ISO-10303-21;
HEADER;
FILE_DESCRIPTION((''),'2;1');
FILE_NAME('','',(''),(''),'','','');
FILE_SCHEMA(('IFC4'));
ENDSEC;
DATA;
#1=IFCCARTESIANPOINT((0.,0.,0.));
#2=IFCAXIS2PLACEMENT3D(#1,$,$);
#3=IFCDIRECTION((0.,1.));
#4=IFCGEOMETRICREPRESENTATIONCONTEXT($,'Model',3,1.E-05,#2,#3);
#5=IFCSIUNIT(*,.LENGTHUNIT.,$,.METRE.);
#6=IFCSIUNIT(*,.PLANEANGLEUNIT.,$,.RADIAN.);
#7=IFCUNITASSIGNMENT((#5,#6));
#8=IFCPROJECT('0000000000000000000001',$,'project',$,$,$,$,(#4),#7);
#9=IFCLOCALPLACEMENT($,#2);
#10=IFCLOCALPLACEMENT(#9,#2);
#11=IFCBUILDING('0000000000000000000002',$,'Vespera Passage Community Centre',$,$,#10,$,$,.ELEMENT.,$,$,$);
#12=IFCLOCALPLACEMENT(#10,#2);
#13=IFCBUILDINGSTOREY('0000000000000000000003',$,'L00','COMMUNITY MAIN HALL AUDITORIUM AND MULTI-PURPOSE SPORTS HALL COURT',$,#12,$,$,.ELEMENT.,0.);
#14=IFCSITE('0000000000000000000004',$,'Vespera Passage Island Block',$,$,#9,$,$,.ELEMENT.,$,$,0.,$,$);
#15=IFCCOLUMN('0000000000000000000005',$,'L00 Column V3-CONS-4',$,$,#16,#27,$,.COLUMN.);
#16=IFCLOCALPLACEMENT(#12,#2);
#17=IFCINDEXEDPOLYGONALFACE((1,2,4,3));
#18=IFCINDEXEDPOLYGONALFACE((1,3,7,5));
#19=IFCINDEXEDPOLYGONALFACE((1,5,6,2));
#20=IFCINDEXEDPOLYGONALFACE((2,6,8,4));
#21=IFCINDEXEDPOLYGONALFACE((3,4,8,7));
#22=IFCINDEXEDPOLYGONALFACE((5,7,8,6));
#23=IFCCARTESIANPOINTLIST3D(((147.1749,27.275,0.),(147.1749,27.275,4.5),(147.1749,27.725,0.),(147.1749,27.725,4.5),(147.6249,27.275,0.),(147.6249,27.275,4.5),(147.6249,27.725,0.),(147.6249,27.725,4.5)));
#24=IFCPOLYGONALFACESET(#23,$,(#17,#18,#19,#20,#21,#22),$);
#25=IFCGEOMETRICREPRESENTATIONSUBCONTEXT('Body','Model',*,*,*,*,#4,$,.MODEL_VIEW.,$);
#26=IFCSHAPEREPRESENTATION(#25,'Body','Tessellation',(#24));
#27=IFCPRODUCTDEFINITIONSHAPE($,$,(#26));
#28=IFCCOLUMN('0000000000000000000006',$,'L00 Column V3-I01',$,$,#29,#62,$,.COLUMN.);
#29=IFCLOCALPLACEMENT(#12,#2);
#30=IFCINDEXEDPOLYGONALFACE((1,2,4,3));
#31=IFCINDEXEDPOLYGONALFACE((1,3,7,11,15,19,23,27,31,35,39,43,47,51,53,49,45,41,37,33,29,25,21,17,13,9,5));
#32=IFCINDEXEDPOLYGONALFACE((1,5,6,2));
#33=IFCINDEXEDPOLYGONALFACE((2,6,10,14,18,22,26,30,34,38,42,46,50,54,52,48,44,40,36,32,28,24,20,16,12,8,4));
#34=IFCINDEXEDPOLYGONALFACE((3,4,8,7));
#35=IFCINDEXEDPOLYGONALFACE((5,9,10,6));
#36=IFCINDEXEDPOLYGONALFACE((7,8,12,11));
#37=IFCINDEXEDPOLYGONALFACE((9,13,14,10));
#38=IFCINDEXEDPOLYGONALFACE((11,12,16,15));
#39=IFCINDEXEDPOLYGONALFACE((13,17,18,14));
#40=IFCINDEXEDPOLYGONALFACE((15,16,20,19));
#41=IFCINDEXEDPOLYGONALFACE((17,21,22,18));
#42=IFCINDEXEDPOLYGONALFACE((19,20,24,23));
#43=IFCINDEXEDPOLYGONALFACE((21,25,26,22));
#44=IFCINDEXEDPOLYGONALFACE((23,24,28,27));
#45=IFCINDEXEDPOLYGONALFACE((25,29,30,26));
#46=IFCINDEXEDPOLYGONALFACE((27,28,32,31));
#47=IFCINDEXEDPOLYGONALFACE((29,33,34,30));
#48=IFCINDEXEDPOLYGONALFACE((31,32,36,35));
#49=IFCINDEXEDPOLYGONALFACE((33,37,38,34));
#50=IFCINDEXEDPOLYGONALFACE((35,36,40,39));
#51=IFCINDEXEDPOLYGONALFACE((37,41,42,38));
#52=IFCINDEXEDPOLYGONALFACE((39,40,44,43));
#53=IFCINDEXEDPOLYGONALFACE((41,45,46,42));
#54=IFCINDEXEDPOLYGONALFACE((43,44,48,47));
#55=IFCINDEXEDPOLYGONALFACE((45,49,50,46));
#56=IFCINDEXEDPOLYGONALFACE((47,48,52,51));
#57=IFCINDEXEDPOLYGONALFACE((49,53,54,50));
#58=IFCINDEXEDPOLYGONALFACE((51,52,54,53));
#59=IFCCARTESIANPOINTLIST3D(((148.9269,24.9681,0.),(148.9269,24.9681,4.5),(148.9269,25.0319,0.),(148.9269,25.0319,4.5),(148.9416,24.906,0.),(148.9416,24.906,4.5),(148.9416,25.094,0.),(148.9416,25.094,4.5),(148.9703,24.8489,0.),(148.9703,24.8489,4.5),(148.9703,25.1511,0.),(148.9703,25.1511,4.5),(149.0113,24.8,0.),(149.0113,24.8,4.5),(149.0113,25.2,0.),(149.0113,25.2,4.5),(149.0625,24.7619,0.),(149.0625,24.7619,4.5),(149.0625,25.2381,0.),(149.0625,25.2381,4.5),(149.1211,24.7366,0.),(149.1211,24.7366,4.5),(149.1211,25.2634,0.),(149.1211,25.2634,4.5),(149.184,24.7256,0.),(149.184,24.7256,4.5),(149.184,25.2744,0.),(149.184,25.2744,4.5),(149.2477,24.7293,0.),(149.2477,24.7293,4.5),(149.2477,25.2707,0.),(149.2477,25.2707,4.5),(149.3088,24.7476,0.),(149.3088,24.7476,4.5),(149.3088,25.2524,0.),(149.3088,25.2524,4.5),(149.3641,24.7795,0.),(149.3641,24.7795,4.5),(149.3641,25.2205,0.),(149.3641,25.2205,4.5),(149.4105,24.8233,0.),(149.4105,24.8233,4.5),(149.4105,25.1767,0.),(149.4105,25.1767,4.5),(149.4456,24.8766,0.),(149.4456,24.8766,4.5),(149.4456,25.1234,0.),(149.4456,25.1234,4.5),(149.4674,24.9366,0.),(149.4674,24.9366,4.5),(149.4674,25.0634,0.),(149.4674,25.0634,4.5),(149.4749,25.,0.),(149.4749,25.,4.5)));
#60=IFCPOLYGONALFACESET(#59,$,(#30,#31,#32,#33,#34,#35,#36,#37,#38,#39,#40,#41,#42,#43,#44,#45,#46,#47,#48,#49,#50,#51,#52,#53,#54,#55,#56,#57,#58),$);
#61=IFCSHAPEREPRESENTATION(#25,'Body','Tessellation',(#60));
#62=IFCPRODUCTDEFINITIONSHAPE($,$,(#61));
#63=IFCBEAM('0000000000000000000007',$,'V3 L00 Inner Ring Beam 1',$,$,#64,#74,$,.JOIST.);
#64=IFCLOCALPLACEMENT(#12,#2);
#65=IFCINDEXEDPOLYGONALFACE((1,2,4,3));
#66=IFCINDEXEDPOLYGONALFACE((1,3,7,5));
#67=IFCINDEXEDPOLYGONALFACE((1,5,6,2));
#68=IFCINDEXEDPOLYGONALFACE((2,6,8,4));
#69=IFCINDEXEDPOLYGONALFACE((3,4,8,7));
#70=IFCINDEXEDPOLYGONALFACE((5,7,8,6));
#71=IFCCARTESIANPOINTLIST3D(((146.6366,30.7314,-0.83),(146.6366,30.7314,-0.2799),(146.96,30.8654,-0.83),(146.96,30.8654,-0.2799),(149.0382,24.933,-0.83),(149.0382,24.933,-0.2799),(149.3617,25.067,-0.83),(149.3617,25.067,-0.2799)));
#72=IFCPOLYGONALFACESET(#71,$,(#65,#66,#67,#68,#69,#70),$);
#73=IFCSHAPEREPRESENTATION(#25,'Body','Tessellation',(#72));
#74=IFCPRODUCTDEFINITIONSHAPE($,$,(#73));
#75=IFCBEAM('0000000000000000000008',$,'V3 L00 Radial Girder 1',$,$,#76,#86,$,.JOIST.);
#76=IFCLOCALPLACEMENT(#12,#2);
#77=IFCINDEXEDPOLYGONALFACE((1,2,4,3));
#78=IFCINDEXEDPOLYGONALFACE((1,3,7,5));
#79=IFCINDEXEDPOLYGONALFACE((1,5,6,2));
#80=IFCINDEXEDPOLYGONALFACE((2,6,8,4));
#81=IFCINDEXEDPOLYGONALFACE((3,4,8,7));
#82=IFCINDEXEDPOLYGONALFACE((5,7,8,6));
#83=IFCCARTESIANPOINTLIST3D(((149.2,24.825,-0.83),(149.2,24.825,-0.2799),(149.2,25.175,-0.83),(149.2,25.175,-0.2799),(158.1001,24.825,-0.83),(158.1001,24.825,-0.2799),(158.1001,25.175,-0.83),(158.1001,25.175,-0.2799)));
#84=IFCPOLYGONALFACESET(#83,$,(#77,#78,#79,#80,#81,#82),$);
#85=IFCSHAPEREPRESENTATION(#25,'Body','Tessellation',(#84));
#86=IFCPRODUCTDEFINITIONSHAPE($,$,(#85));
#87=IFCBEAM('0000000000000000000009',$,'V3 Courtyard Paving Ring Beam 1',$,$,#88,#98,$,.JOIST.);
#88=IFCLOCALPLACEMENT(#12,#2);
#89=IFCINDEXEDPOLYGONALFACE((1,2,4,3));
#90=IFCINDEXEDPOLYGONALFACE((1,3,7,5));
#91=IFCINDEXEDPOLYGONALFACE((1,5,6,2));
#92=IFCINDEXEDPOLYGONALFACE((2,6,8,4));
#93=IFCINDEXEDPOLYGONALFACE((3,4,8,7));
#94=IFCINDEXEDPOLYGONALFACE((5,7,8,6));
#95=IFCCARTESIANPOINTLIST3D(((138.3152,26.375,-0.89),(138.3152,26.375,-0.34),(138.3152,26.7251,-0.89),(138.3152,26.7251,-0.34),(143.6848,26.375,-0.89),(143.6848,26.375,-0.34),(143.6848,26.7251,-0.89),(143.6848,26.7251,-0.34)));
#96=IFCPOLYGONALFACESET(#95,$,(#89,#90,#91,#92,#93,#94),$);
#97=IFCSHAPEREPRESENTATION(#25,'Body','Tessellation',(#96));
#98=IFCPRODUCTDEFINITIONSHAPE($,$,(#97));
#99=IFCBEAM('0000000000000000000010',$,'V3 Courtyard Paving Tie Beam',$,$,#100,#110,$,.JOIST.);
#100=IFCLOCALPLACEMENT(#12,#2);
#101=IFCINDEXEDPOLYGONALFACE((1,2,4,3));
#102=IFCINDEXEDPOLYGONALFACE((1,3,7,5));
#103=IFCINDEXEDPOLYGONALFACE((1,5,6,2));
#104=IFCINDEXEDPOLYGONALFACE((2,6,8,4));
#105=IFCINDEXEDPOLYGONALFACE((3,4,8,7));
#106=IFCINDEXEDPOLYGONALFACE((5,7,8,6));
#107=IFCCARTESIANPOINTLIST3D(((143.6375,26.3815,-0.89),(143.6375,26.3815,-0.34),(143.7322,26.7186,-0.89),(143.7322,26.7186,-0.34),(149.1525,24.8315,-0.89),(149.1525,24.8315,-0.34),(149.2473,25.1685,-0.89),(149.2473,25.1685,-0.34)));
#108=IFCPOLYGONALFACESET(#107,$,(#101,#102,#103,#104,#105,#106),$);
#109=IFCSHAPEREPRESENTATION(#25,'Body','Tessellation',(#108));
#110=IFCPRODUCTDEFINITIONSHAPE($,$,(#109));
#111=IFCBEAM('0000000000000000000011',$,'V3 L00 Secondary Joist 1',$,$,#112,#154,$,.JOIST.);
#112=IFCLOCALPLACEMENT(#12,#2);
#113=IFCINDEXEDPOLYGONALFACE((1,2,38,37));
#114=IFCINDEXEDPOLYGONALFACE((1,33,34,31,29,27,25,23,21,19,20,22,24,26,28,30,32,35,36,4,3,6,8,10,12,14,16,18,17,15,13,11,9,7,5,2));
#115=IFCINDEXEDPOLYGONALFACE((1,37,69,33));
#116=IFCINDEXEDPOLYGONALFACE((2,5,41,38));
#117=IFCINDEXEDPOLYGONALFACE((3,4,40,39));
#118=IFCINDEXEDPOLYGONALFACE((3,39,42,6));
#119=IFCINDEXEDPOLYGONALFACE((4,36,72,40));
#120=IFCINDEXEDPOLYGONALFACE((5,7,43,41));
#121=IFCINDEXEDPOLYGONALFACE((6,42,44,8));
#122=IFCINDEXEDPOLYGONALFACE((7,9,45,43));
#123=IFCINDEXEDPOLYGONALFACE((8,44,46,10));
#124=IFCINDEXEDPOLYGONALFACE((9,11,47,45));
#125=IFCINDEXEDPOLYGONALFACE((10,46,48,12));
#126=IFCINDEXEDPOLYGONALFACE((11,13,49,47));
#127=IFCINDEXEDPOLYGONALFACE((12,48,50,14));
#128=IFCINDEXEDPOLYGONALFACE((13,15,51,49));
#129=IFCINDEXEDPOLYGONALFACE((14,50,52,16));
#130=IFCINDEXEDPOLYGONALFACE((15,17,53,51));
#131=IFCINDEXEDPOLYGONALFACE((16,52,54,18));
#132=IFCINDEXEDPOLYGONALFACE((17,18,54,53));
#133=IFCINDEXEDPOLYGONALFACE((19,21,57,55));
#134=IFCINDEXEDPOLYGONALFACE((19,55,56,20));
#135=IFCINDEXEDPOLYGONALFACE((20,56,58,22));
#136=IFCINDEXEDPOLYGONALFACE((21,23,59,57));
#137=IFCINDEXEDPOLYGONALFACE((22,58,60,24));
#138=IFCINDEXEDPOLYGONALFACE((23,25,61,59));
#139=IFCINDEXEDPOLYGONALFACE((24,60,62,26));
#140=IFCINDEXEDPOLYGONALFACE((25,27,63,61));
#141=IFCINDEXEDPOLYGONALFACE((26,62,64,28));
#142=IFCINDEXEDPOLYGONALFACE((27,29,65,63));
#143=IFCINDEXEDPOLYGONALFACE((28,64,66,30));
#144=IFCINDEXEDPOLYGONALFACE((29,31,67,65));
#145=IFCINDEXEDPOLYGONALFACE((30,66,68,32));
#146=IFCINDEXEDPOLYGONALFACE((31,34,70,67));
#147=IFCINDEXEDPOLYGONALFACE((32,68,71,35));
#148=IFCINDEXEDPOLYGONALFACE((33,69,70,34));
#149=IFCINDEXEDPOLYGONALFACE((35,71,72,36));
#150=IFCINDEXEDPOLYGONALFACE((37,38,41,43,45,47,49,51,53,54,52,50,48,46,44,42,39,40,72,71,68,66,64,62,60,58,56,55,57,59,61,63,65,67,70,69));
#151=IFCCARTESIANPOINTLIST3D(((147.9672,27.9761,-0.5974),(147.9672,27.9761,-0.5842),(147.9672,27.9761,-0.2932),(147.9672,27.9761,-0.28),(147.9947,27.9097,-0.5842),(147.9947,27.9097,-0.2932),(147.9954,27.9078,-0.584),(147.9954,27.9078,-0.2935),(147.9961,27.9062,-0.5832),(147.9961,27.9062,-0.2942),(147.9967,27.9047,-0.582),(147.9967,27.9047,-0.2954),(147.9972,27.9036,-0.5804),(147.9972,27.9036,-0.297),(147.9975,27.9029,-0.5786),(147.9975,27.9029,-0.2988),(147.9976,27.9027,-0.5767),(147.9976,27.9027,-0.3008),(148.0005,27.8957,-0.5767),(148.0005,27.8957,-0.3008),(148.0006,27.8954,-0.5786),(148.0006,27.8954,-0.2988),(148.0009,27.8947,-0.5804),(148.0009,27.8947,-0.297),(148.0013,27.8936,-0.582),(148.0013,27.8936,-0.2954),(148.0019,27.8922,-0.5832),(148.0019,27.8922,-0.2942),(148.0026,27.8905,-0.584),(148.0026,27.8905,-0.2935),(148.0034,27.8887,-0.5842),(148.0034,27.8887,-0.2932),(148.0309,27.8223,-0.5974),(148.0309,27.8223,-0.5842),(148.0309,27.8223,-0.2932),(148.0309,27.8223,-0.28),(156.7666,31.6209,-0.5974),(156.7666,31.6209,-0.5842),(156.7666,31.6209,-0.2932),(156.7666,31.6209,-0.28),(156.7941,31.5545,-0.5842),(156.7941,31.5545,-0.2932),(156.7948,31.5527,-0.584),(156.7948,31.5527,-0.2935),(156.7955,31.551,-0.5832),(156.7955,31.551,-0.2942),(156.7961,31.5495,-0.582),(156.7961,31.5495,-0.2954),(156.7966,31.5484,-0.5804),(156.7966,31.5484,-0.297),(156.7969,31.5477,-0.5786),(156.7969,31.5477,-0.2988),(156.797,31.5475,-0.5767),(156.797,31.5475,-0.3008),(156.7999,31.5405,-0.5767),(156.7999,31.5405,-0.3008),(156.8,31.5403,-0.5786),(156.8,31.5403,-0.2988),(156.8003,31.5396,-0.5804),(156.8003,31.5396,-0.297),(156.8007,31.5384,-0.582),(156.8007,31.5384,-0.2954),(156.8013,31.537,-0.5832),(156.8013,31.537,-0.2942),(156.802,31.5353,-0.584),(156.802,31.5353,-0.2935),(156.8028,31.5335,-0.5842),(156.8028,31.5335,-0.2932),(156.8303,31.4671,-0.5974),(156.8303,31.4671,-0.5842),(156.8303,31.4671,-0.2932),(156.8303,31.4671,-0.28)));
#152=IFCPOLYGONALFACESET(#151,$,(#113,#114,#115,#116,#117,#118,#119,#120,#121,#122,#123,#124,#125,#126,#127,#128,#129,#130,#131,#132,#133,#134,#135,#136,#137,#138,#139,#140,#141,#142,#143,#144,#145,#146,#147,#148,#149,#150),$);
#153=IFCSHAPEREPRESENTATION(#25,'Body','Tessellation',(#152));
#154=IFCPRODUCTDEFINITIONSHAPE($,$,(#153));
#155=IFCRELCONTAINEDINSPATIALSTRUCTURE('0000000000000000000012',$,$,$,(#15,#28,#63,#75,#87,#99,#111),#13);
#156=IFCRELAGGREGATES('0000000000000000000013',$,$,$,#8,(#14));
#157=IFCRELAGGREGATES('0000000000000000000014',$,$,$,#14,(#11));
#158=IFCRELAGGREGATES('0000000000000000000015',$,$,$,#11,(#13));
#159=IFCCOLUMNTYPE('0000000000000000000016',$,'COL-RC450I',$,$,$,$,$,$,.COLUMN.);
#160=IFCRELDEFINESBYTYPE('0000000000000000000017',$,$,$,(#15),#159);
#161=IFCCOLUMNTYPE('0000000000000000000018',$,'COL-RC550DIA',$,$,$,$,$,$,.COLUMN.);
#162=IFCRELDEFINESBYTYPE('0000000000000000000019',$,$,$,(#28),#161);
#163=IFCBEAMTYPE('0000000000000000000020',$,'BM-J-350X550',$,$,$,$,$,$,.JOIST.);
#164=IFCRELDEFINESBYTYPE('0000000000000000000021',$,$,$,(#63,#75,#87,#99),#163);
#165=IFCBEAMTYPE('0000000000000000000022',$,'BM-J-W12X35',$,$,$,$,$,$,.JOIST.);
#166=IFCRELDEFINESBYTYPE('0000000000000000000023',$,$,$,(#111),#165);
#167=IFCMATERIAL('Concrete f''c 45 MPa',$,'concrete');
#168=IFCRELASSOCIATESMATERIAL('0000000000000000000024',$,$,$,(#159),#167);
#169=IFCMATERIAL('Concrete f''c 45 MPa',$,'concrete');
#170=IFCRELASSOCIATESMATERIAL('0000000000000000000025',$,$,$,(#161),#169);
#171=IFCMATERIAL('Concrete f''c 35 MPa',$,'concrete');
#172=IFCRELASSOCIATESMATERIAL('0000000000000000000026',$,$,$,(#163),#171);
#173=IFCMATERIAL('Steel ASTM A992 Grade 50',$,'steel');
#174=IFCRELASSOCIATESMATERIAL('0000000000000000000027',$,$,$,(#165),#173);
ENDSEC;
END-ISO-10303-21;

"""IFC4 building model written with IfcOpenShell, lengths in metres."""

from ifc_helpers import new_model, si_unit, direction, frame, origin, origin_2d, place, context, subcontext, project, spatial, rectangle, circle, i_section, extrude, material, material_profile, profile_set, type_object, element, save


model = new_model("IFC4")

# Units and contexts
model_context = context("Model", 3, precision=1e-05, world=origin(), true_north=direction((0.0, 1.0)))
body_context = subcontext(model_context, "Body", "Model", "MODEL_VIEW")
ifc_project = project(units=[si_unit("LENGTHUNIT", "METRE"), si_unit("PLANEANGLEUNIT", "RADIAN")], contexts=[model_context])

# Site, building, storey
site_placement = place(None, origin())
site = spatial("IfcSite", under=ifc_project, at=site_placement, Name="Vespera Passage Island Block", CompositionType="ELEMENT", RefElevation=0.0)
building_placement = place(site_placement, origin())
building = spatial("IfcBuilding", under=site, at=building_placement, Name="Vespera Passage Community Centre", CompositionType="ELEMENT")
storey_placement = place(building_placement, origin())
storey = spatial("IfcBuildingStorey", under=building, at=storey_placement, Name="L00", Description="COMMUNITY MAIN HALL AUDITORIUM AND MULTI-PURPOSE SPORTS HALL COURT", CompositionType="ELEMENT", Elevation=0.0)

# Columns
ifc_material_1 = material(Name="Concrete f'c 45 MPa", Category="concrete")
ifc_material_profile_1 = material_profile(ifc_material_1, rectangle(XDim=0.45, YDim=0.45, at=origin_2d()), Name="RC450X450")
ifc_profile_set_1 = profile_set([ifc_material_profile_1], Name="Concrete f'c 45 MPa")
column_type_1 = type_object("IfcColumnType", Name="COL-RC450I", PredefinedType="COLUMN", material=ifc_profile_set_1)
column_1_placement = place(storey_placement, frame((147.3999, 27.5, 0.0), z_axis=(0.0, 0.0, 1.0), x_axis=(1.0, 0.0, 0.0)))
element("IfcColumn", 1, at=column_1_placement, inside=storey, type_object=column_type_1, Name="L00 Column V3-CONS-4", PredefinedType="COLUMN", context=body_context, shape_type="SweptSolid", body=[
    extrude(rectangle(XDim=0.45, YDim=0.45, at=origin_2d()), origin(), (0.0, 0.0, 1.0), 4.5),
])
ifc_material_2 = material(Name="Concrete f'c 45 MPa", Category="concrete")
ifc_material_profile_2 = material_profile(ifc_material_2, circle(Radius=0.2749, at=origin_2d()), Name="RC550DIA")
ifc_profile_set_2 = profile_set([ifc_material_profile_2], Name="Concrete f'c 45 MPa")
column_type_2 = type_object("IfcColumnType", Name="COL-RC550DIA", PredefinedType="COLUMN", material=ifc_profile_set_2)
column_2_placement = place(storey_placement, frame((149.2, 25.0, 0.0), z_axis=(0.0, 0.0, 1.0), x_axis=(1.0, 0.0, 0.0)))
element("IfcColumn", 2, at=column_2_placement, inside=storey, type_object=column_type_2, Name="L00 Column V3-I01", PredefinedType="COLUMN", context=body_context, shape_type="SweptSolid", body=[
    extrude(circle(Radius=0.2749, at=origin_2d()), origin(), (0.0, 0.0, 1.0), 4.5),
])

# Beams
ifc_material_3 = material(Name="Concrete f'c 35 MPa", Category="concrete")
ifc_material_profile_3 = material_profile(ifc_material_3, rectangle(XDim=0.3501, YDim=0.55, at=origin_2d()), Name="RC350X550")
ifc_profile_set_3 = profile_set([ifc_material_profile_3], Name="Concrete f'c 35 MPa")
beam_type_1 = type_object("IfcBeamType", Name="BM-J-350X550", PredefinedType="JOIST", material=ifc_profile_set_3)
beam_1_placement = place(storey_placement, frame((149.2, 25.0, -0.5549), z_axis=(-0.382664, 0.923887, 0.0), x_axis=(-0.923887, -0.382664, 0.0)))
element("IfcBeam", 3, at=beam_1_placement, inside=storey, type_object=beam_type_1, Name="V3 L00 Inner Ring Beam 1", PredefinedType="JOIST", context=body_context, shape_type="SweptSolid", body=[
    extrude(rectangle(XDim=0.3501, YDim=0.55, at=origin_2d()), origin(), (0.0, 0.0, 1.0), 6.2761),
])
beam_2_placement = place(storey_placement, frame((149.2, 25.0, -0.5549), z_axis=(1.0, 0.0, 0.0), x_axis=(0.0, 1.0, 0.0)))
element("IfcBeam", 4, at=beam_2_placement, inside=storey, type_object=beam_type_1, Name="V3 L00 Radial Girder 1", PredefinedType="JOIST", context=body_context, shape_type="SweptSolid", body=[
    extrude(rectangle(XDim=0.3501, YDim=0.55, at=origin_2d()), origin(), (0.0, 0.0, 1.0), 8.9001),
])
beam_3_placement = place(storey_placement, frame((143.6848, 26.55, -0.615), z_axis=(-1.0, 0.0, 0.0), x_axis=(0.0, -1.0, 0.0)))
element("IfcBeam", 5, at=beam_3_placement, inside=storey, type_object=beam_type_1, Name="V3 Courtyard Paving Ring Beam 1", PredefinedType="JOIST", context=body_context, shape_type="SweptSolid", body=[
    extrude(rectangle(XDim=0.3501, YDim=0.55, at=origin_2d()), origin(), (0.0, 0.0, 1.0), 5.3696),
])
beam_4_placement = place(storey_placement, frame((143.6848, 26.55, -0.615), z_axis=(0.9627, -0.27057, 0.0), x_axis=(0.27057, 0.9627, 0.0)))
element("IfcBeam", 6, at=beam_4_placement, inside=storey, type_object=beam_type_1, Name="V3 Courtyard Paving Tie Beam", PredefinedType="JOIST", context=body_context, shape_type="SweptSolid", body=[
    extrude(rectangle(XDim=0.3501, YDim=0.55, at=origin_2d()), origin(), (0.0, 0.0, 1.0), 5.7288),
])
ifc_material_4 = material(Name="Steel ASTM A992 Grade 50", Category="steel")
ifc_material_profile_4 = material_profile(ifc_material_4, i_section(OverallWidth=0.1665, OverallDepth=0.3174, WebThickness=0.0076, FlangeThickness=0.0132, FilletRadius=0.0076, at=origin_2d()), Name="W12X35")
ifc_profile_set_4 = profile_set([ifc_material_profile_4], Name="Steel ASTM A992 Grade 50")
beam_type_2 = type_object("IfcBeamType", Name="BM-J-W12X35", PredefinedType="JOIST", material=ifc_profile_set_4)
beam_5_placement = place(storey_placement, frame((147.999, 27.8992, -0.4387), z_axis=(0.92388, 0.382682, 0.0), x_axis=(-0.382682, 0.92388, 0.0)))
element("IfcBeam", 7, at=beam_5_placement, inside=storey, type_object=beam_type_2, Name="V3 L00 Secondary Joist 1", PredefinedType="JOIST", context=body_context, shape_type="SweptSolid", body=[
    extrude(i_section(OverallWidth=0.1665, OverallDepth=0.3174, WebThickness=0.0076, FlangeThickness=0.0132, FilletRadius=0.0076, at=origin_2d()), origin(), (0.0, 0.0, 1.0), 9.5244),
])

save(model, "model.ifc")
